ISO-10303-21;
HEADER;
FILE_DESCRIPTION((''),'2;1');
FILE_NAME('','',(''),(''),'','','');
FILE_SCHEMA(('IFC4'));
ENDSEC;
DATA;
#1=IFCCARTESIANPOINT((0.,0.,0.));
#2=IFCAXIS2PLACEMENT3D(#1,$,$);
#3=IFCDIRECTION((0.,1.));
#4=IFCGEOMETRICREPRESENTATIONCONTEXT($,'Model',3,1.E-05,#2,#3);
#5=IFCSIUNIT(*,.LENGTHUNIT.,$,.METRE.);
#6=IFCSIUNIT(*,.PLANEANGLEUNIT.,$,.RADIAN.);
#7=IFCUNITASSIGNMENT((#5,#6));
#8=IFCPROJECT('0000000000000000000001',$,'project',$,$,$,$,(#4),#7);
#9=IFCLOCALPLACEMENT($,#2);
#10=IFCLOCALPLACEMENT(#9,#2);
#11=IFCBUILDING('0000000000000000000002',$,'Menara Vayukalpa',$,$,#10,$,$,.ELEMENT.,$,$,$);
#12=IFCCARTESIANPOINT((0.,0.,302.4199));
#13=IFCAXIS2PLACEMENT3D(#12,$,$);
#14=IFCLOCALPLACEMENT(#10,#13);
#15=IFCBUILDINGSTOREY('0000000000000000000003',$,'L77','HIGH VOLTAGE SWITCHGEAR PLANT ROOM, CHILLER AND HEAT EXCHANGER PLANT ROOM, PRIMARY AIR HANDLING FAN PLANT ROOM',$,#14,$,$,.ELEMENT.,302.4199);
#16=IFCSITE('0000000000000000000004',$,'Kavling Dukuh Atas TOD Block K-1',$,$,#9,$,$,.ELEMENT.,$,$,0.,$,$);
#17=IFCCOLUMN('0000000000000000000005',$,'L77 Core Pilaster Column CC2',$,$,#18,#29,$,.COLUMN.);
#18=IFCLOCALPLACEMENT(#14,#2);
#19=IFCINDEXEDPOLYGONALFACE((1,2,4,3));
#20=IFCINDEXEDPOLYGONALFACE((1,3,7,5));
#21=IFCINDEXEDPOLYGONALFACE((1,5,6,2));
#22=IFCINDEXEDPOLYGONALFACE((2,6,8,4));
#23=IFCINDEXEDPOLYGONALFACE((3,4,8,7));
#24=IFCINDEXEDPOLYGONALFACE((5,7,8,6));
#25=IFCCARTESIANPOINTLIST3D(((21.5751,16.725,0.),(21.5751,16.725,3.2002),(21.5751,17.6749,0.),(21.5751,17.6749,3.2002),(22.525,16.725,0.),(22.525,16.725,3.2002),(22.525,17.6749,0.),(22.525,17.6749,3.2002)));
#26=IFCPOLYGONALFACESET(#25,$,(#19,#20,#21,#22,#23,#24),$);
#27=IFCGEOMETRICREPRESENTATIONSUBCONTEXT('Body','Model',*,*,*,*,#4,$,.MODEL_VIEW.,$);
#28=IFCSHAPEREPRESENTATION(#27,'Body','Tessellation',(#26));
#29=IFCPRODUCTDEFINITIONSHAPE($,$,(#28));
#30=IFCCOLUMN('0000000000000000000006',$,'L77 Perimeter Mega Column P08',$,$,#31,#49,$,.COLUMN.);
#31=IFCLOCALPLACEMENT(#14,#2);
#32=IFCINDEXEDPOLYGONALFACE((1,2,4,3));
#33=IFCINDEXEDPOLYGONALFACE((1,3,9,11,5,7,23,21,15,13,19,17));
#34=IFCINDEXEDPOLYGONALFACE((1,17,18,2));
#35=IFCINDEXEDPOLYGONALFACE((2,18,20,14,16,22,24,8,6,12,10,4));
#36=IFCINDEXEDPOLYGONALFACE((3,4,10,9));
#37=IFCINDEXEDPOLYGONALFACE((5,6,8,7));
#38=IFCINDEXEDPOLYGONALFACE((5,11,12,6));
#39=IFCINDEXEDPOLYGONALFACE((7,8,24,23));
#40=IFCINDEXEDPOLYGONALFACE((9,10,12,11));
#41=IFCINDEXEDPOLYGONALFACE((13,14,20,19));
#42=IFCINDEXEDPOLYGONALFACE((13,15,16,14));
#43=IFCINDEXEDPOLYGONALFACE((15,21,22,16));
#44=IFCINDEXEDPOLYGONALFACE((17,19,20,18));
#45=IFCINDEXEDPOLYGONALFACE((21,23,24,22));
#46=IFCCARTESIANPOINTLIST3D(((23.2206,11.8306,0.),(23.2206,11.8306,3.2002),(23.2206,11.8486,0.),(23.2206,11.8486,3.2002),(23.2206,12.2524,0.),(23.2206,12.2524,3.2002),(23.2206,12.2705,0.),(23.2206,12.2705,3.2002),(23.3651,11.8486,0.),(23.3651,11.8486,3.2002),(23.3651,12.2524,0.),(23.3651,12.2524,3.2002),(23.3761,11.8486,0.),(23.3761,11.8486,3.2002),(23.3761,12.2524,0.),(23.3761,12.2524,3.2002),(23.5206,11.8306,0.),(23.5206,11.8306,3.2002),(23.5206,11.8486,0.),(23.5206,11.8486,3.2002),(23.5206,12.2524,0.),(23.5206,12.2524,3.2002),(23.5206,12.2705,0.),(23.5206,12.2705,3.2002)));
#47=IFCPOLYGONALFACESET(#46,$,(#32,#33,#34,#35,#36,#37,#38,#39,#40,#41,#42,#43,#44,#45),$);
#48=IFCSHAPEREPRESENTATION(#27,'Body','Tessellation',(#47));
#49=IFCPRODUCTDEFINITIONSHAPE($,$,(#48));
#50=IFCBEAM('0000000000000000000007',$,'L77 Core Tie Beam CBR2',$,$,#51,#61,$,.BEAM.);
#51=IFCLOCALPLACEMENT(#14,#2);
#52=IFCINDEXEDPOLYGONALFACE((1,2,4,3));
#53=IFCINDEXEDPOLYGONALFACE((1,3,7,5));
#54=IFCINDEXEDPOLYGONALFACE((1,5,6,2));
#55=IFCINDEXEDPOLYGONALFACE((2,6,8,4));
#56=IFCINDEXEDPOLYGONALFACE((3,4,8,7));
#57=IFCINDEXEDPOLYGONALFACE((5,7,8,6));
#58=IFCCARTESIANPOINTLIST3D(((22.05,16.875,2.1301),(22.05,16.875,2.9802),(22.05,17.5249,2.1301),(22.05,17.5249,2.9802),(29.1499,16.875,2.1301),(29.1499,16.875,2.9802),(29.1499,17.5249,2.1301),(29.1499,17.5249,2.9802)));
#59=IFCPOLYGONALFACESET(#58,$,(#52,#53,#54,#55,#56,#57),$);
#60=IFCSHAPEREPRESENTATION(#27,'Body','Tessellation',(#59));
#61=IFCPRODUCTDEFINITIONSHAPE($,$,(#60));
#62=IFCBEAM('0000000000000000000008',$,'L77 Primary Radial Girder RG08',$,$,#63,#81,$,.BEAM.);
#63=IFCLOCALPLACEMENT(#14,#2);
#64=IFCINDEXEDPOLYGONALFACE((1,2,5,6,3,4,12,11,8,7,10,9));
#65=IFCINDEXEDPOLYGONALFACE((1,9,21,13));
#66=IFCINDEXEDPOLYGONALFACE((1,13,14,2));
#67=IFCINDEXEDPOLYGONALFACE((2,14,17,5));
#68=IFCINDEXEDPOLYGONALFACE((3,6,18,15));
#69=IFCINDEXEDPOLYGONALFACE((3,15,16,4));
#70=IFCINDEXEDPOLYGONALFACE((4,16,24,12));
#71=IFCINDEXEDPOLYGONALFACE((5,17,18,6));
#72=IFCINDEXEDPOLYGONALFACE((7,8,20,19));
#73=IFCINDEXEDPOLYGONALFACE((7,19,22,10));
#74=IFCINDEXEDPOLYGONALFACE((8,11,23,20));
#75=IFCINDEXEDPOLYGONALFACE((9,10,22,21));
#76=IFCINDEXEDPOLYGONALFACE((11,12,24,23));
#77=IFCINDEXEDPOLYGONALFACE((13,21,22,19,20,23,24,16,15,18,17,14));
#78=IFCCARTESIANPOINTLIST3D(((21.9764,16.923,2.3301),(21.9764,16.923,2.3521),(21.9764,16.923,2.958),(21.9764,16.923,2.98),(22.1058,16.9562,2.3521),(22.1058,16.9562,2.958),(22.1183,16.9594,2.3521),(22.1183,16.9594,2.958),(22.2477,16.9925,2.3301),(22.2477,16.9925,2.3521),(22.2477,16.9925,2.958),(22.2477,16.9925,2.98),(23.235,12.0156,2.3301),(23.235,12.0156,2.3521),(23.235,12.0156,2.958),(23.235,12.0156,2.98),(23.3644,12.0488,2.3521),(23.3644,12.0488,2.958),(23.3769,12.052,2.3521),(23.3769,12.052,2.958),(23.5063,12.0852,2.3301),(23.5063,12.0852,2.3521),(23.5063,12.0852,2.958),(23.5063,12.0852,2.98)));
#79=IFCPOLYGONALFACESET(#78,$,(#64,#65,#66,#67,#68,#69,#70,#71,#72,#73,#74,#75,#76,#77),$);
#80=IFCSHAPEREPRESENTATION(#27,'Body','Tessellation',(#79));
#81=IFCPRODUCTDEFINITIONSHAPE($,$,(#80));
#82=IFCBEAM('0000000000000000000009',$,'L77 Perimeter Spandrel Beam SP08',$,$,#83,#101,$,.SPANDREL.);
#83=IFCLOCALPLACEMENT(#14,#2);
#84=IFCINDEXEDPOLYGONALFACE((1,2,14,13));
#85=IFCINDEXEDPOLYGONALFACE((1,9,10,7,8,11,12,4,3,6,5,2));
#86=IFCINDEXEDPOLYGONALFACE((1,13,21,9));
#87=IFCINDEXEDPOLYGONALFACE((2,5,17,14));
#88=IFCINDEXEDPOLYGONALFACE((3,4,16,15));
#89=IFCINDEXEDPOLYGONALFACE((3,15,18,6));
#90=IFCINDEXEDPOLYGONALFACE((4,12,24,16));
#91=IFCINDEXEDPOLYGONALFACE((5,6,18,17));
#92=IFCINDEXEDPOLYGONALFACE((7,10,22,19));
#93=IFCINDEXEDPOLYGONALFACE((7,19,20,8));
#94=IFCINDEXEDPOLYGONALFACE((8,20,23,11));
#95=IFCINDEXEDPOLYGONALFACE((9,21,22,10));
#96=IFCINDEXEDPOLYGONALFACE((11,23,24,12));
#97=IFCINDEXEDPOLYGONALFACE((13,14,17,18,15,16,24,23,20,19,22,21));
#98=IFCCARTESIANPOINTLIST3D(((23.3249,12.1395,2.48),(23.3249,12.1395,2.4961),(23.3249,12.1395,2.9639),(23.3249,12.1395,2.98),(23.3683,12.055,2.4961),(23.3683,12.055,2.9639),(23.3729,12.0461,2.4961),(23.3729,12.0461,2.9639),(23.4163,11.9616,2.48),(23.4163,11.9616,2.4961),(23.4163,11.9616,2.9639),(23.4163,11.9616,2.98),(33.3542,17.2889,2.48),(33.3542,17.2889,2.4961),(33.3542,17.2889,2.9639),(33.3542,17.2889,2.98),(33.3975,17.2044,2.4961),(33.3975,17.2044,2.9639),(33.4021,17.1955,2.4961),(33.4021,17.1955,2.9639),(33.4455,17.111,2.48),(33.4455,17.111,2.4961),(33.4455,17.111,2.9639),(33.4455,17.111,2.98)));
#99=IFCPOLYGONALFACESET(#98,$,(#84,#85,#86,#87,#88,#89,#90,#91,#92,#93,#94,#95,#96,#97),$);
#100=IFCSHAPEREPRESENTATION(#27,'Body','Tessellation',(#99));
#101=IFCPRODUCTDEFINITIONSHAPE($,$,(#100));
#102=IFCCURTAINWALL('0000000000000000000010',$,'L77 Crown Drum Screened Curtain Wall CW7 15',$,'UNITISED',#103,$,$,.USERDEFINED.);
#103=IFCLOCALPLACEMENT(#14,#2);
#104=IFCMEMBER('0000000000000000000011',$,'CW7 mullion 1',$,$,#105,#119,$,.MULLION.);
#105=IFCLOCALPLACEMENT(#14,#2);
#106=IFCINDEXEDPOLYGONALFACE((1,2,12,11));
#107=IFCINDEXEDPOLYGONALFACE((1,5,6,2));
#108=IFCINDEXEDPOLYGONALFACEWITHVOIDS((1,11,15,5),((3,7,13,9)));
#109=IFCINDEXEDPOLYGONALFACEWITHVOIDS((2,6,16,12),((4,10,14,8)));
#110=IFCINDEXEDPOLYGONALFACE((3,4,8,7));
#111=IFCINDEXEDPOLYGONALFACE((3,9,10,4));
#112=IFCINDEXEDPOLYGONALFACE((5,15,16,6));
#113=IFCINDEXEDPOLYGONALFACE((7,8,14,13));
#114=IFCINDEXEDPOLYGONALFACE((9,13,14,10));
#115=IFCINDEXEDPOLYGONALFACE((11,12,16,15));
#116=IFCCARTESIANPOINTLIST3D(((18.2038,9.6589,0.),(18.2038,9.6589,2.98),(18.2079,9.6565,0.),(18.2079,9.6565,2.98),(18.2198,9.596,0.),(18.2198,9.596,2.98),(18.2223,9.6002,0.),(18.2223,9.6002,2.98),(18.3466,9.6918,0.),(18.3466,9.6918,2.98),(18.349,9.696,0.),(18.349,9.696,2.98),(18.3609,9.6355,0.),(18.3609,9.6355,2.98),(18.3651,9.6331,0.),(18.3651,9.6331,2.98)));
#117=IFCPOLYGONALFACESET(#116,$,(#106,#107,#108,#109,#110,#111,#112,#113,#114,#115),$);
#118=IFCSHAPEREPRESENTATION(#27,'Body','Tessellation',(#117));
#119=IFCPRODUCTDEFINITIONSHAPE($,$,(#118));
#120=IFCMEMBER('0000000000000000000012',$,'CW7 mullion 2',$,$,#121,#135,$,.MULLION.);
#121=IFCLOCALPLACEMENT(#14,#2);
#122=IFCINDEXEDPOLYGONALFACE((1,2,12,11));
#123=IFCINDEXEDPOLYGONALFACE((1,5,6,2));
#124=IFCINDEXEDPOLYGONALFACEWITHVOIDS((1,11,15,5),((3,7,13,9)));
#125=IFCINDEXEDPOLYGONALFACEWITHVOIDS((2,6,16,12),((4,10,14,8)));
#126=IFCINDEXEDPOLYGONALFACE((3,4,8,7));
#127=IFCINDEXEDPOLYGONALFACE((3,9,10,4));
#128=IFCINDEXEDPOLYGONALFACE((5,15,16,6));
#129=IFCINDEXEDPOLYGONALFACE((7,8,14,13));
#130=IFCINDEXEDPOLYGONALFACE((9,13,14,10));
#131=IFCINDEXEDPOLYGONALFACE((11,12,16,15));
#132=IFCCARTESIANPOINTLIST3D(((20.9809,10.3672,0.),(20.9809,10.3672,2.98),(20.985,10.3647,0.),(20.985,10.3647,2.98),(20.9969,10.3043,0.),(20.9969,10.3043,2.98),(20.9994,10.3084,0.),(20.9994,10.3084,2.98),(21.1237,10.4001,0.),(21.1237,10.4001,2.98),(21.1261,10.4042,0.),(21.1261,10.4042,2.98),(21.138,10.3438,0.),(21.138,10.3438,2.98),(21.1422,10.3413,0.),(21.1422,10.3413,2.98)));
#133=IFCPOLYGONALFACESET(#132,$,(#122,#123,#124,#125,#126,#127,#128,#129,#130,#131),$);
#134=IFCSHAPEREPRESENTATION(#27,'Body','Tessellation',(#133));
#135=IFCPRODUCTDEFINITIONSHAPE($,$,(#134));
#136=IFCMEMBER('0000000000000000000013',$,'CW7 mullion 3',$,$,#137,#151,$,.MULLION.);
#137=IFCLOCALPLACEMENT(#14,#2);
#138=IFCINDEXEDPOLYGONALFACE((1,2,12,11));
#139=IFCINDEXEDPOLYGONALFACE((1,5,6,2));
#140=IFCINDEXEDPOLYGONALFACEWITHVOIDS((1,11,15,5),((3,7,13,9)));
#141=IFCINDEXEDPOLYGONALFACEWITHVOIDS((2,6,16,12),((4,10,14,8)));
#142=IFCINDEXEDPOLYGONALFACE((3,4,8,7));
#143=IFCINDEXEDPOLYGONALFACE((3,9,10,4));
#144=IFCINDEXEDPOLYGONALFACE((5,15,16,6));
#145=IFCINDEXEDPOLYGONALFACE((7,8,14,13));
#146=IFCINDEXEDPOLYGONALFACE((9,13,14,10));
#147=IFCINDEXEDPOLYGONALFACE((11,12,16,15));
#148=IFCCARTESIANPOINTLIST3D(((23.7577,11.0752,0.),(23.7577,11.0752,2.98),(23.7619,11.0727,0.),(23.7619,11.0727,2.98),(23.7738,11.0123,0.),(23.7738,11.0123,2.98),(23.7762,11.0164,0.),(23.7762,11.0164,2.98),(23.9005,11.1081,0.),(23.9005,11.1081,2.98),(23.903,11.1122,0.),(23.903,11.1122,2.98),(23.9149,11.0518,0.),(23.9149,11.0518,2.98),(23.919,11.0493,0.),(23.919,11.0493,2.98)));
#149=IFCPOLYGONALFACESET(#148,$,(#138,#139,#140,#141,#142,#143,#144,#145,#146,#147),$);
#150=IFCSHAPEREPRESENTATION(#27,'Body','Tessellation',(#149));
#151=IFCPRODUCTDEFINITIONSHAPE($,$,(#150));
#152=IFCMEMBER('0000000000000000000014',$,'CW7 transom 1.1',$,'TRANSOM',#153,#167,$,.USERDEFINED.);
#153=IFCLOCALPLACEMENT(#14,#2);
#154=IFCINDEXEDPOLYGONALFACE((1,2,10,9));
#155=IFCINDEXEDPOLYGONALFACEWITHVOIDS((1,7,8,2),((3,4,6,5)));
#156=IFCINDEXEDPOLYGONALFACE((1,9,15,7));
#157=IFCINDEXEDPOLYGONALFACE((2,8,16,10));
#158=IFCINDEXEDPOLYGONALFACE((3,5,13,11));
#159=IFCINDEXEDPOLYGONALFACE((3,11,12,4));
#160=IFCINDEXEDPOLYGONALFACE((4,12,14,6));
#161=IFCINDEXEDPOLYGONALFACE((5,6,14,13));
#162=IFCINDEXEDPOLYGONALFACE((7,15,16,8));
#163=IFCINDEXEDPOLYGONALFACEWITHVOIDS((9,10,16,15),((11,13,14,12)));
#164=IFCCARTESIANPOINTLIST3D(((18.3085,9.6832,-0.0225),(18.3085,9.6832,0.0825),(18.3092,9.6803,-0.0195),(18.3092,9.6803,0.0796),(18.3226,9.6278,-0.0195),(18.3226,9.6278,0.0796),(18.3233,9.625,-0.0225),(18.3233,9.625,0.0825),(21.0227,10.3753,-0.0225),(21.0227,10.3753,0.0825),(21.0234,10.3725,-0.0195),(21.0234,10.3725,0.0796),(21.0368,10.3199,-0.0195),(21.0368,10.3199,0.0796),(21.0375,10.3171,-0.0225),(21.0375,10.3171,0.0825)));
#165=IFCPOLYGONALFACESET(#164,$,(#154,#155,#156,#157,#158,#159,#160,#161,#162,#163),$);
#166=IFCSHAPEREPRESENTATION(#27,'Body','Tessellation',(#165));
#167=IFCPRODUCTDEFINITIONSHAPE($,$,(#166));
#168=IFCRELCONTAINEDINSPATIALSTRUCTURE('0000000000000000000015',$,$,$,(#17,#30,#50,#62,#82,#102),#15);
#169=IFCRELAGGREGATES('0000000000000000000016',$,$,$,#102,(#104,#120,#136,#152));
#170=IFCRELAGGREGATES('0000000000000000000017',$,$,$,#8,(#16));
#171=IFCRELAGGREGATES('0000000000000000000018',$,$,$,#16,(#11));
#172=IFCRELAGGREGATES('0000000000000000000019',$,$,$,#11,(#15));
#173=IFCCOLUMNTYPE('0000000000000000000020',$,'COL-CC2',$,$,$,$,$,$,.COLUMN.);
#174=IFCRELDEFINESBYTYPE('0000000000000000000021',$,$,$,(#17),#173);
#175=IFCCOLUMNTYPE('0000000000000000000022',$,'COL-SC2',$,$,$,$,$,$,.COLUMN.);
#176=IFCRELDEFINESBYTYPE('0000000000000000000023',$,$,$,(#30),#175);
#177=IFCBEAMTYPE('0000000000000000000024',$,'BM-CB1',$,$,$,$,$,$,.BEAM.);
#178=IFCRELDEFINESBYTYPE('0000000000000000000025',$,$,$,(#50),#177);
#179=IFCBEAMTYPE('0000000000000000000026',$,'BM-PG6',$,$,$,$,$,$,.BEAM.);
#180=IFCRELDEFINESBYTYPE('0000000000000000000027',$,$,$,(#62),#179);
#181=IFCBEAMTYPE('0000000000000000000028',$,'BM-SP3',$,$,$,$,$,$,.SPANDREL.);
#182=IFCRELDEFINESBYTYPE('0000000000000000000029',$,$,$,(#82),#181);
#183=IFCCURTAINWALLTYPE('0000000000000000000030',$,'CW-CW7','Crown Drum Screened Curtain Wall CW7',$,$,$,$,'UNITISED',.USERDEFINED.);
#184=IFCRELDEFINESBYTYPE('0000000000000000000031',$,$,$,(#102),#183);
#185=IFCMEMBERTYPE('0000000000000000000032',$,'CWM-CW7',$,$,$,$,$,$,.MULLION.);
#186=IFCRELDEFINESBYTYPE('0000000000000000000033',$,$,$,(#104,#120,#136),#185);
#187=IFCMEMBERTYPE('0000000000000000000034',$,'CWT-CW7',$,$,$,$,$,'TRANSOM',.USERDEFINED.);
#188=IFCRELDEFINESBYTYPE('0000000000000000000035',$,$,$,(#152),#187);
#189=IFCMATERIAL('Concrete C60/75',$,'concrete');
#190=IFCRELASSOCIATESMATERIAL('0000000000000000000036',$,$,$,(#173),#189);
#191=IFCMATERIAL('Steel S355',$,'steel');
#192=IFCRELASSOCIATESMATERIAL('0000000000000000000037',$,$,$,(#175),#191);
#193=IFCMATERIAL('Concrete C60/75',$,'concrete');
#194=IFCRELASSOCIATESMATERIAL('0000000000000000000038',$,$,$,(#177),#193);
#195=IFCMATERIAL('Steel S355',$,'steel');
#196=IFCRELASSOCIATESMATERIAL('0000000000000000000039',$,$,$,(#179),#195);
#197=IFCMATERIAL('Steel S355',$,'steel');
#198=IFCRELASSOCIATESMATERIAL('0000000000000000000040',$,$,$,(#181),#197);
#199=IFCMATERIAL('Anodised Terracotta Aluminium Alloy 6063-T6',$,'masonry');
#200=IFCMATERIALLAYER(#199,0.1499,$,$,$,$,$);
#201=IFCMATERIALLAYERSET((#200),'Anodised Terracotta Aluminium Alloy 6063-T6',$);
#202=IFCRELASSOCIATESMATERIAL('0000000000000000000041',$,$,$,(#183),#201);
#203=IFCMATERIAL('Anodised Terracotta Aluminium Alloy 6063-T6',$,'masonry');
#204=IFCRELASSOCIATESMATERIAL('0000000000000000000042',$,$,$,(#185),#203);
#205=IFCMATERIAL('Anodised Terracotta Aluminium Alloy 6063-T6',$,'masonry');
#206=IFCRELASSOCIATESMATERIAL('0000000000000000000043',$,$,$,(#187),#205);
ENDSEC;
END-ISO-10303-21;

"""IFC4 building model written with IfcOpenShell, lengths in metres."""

from ifc_helpers import new_model, si_unit, direction, frame, origin, origin_2d, place, context, subcontext, project, spatial, rectangle, hollow_rectangle, i_section, extrude, material, layer, layer_set, material_profile, profile_set, type_object, element, aggregate, save


model = new_model("IFC4")

# Units and contexts
model_context = context("Model", 3, precision=1e-05, world=origin(), true_north=direction((0.0, 1.0)))
body_context = subcontext(model_context, "Body", "Model", "MODEL_VIEW")
ifc_project = project(units=[si_unit("LENGTHUNIT", "METRE"), si_unit("PLANEANGLEUNIT", "RADIAN")], contexts=[model_context])

# Site, building, storey
site_placement = place(None, origin())
site = spatial("IfcSite", under=ifc_project, at=site_placement, Name="Kavling Dukuh Atas TOD Block K-1", CompositionType="ELEMENT", RefElevation=0.0)
building_placement = place(site_placement, origin())
building = spatial("IfcBuilding", under=site, at=building_placement, Name="Menara Vayukalpa", CompositionType="ELEMENT")
storey_placement = place(building_placement, frame((0.0, 0.0, 302.4199)))
storey = spatial("IfcBuildingStorey", under=building, at=storey_placement, Name="L77", Description="HIGH VOLTAGE SWITCHGEAR PLANT ROOM, CHILLER AND HEAT EXCHANGER PLANT ROOM, PRIMARY AIR HANDLING FAN PLANT ROOM", CompositionType="ELEMENT", Elevation=302.4199)

# Columns
ifc_material_1 = material(Name="Concrete C60/75", Category="concrete")
ifc_material_profile_1 = material_profile(ifc_material_1, rectangle(XDim=0.95, YDim=0.95, at=origin_2d()), Name="RC 950x950")
ifc_profile_set_1 = profile_set([ifc_material_profile_1], Name="Concrete C60/75")
column_type_1 = type_object("IfcColumnType", Name="COL-CC2", PredefinedType="COLUMN", material=ifc_profile_set_1)
column_1_placement = place(storey_placement, frame((22.05, 17.2, 0.0), z_axis=(0.0, 0.0, 1.0), x_axis=(1.0, 0.0, 0.0)))
element("IfcColumn", 1, at=column_1_placement, inside=storey, type_object=column_type_1, Name="L77 Core Pilaster Column CC2", PredefinedType="COLUMN", context=body_context, shape_type="SweptSolid", body=[
    extrude(rectangle(XDim=0.95, YDim=0.95, at=origin_2d()), origin(), (0.0, 0.0, 1.0), 3.2002),
])
ifc_material_2 = material(Name="Steel S355", Category="steel")
ifc_material_profile_2 = material_profile(ifc_material_2, i_section(OverallWidth=0.3, OverallDepth=0.4399, WebThickness=0.011, FlangeThickness=0.0181, at=origin_2d()), Name="H 440x300x11x18")
ifc_profile_set_2 = profile_set([ifc_material_profile_2], Name="Steel S355")
column_type_2 = type_object("IfcColumnType", Name="COL-SC2", PredefinedType="COLUMN", material=ifc_profile_set_2)
column_2_placement = place(storey_placement, frame((23.3706, 12.0505, 0.0), z_axis=(0.0, 0.0, 1.0), x_axis=(1.0, 0.0, 0.0)))
element("IfcColumn", 2, at=column_2_placement, inside=storey, type_object=column_type_2, Name="L77 Perimeter Mega Column P08", PredefinedType="COLUMN", context=body_context, shape_type="SweptSolid", body=[
    extrude(i_section(OverallWidth=0.3, OverallDepth=0.4399, WebThickness=0.011, FlangeThickness=0.0181, at=origin_2d()), origin(), (0.0, 0.0, 1.0), 3.2002),
])

# Beams
ifc_material_3 = material(Name="Concrete C60/75", Category="concrete")
ifc_material_profile_3 = material_profile(ifc_material_3, rectangle(XDim=0.6499, YDim=0.8501, at=origin_2d()), Name="RC 650x850")
ifc_profile_set_3 = profile_set([ifc_material_profile_3], Name="Concrete C60/75")
beam_type_1 = type_object("IfcBeamType", Name="BM-CB1", PredefinedType="BEAM", material=ifc_profile_set_3)
beam_1_placement = place(storey_placement, frame((22.05, 17.2, 2.5552), z_axis=(1.0, 0.0, 0.0), x_axis=(0.0, 1.0, 0.0)))
element("IfcBeam", 3, at=beam_1_placement, inside=storey, type_object=beam_type_1, Name="L77 Core Tie Beam CBR2", PredefinedType="BEAM", context=body_context, shape_type="SweptSolid", body=[
    extrude(rectangle(XDim=0.6499, YDim=0.8501, at=origin_2d()), origin(), (0.0, 0.0, 1.0), 7.0999),
])
ifc_material_4 = material(Name="Steel S355", Category="steel")
ifc_material_profile_4 = material_profile(ifc_material_4, i_section(OverallWidth=0.28, OverallDepth=0.6499, WebThickness=0.0129, FlangeThickness=0.022, at=origin_2d()), Name="WF 650x280x13x22")
ifc_profile_set_4 = profile_set([ifc_material_profile_4], Name="Steel S355")
beam_type_2 = type_object("IfcBeamType", Name="BM-PG6", PredefinedType="BEAM", material=ifc_profile_set_4)
beam_2_placement = place(storey_placement, frame((22.1121, 16.9578, 2.655), z_axis=(0.248428, -0.96865, 0.0), x_axis=(0.96865, 0.248428, 0.0)))
element("IfcBeam", 4, at=beam_2_placement, inside=storey, type_object=beam_type_2, Name="L77 Primary Radial Girder RG08", PredefinedType="BEAM", context=body_context, shape_type="SweptSolid", body=[
    extrude(i_section(OverallWidth=0.28, OverallDepth=0.6499, WebThickness=0.0129, FlangeThickness=0.022, at=origin_2d()), origin(), (0.0, 0.0, 1.0), 5.0662),
])
ifc_material_5 = material(Name="Steel S355", Category="steel")
ifc_material_profile_5 = material_profile(ifc_material_5, i_section(OverallWidth=0.2, OverallDepth=0.5, WebThickness=0.01, FlangeThickness=0.0161, at=origin_2d()), Name="WF 500x200x10x16")
ifc_profile_set_5 = profile_set([ifc_material_profile_5], Name="Steel S355")
beam_type_3 = type_object("IfcBeamType", Name="BM-SP3", PredefinedType="SPANDREL", material=ifc_profile_set_5)
beam_3_placement = place(storey_placement, frame((23.3706, 12.0505, 2.73), z_axis=(0.889595, 0.456751, 0.0), x_axis=(-0.456751, 0.889595, 0.0)))
element("IfcBeam", 5, at=beam_3_placement, inside=storey, type_object=beam_type_3, Name="L77 Perimeter Spandrel Beam SP08", PredefinedType="SPANDREL", context=body_context, shape_type="SweptSolid", body=[
    extrude(i_section(OverallWidth=0.2, OverallDepth=0.5, WebThickness=0.01, FlangeThickness=0.0161, at=origin_2d()), origin(), (0.0, 0.0, 1.0), 11.2739),
])

# Curtain wall, members
ifc_material_6 = material(Name="Anodised Terracotta Aluminium Alloy 6063-T6", Category="masonry")
ifc_layer_1 = layer(ifc_material_6, 0.1499)
ifc_layer_set_1 = layer_set([ifc_layer_1], Name="Anodised Terracotta Aluminium Alloy 6063-T6")
curtain_wall_type = type_object("IfcCurtainWallType", Name="CW-CW7", Description="Crown Drum Screened Curtain Wall CW7", ElementType="UNITISED", PredefinedType="USERDEFINED", material=ifc_layer_set_1)
curtain_wall_placement = place(storey_placement, origin())
curtain_wall = element("IfcCurtainWall", 6, at=curtain_wall_placement, inside=storey, type_object=curtain_wall_type, Name="L77 Crown Drum Screened Curtain Wall CW7 15", ObjectType="UNITISED", PredefinedType="USERDEFINED")
ifc_material_7 = material(Name="Anodised Terracotta Aluminium Alloy 6063-T6", Category="masonry")
ifc_material_profile_6 = material_profile(ifc_material_7, hollow_rectangle(XDim=0.0649, YDim=0.1499, WallThickness=0.0034, at=origin_2d()), Name="ALU 65x150x3.5")
ifc_profile_set_6 = profile_set([ifc_material_profile_6], Name="Anodised Terracotta Aluminium Alloy 6063-T6")
member_type_1 = type_object("IfcMemberType", Name="CWM-CW7", PredefinedType="MULLION", material=ifc_profile_set_6)
member_1_placement = place(storey_placement, frame((18.2844, 9.646, 0.0), z_axis=(0.0, 0.0, 1.0), x_axis=(-0.247124, 0.968984, 0.0)))
member_1 = element("IfcMember", 7, at=member_1_placement, type_object=member_type_1, Name="CW7 mullion 1", PredefinedType="MULLION", context=body_context, shape_type="SweptSolid", body=[
    extrude(hollow_rectangle(XDim=0.0649, YDim=0.1499, WallThickness=0.0034, at=origin_2d()), origin(), (0.0, 0.0, 1.0), 2.98),
])
member_2_placement = place(storey_placement, frame((21.0615, 10.3542, 0.0), z_axis=(0.0, 0.0, 1.0), x_axis=(-0.247124, 0.968984, 0.0)))
member_2 = element("IfcMember", 8, at=member_2_placement, type_object=member_type_1, Name="CW7 mullion 2", PredefinedType="MULLION", context=body_context, shape_type="SweptSolid", body=[
    extrude(hollow_rectangle(XDim=0.0649, YDim=0.1499, WallThickness=0.0034, at=origin_2d()), origin(), (0.0, 0.0, 1.0), 2.98),
])
member_3_placement = place(storey_placement, frame((23.8384, 11.0623, 0.0), z_axis=(0.0, 0.0, 1.0), x_axis=(-0.247124, 0.968984, 0.0)))
member_3 = element("IfcMember", 9, at=member_3_placement, type_object=member_type_1, Name="CW7 mullion 3", PredefinedType="MULLION", context=body_context, shape_type="SweptSolid", body=[
    extrude(hollow_rectangle(XDim=0.0649, YDim=0.1499, WallThickness=0.0034, at=origin_2d()), origin(), (0.0, 0.0, 1.0), 2.98),
])
ifc_material_8 = material(Name="Anodised Terracotta Aluminium Alloy 6063-T6", Category="masonry")
ifc_material_profile_7 = material_profile(ifc_material_8, hollow_rectangle(XDim=0.0601, YDim=0.105, WallThickness=0.0029, at=origin_2d()), Name="ALU 60x105x3")
ifc_profile_set_7 = profile_set([ifc_material_profile_7], Name="Anodised Terracotta Aluminium Alloy 6063-T6")
member_type_2 = type_object("IfcMemberType", Name="CWT-CW7", ElementType="TRANSOM", PredefinedType="USERDEFINED", material=ifc_profile_set_7)
member_4_placement = place(storey_placement, frame((18.3159, 9.6541, 0.03), z_axis=(0.968988, 0.247106, 0.0), x_axis=(-0.247106, 0.968988, 0.0)))
member_4 = element("IfcMember", 10, at=member_4_placement, type_object=member_type_2, Name="CW7 transom 1.1", ObjectType="TRANSOM", PredefinedType="USERDEFINED", context=body_context, shape_type="SweptSolid", body=[
    extrude(hollow_rectangle(XDim=0.0601, YDim=0.105, WallThickness=0.0029, at=origin_2d()), origin(), (0.0, 0.0, 1.0), 2.801),
])
aggregate(curtain_wall, [member_1, member_2, member_3, member_4])

save(model, "model.ifc")
